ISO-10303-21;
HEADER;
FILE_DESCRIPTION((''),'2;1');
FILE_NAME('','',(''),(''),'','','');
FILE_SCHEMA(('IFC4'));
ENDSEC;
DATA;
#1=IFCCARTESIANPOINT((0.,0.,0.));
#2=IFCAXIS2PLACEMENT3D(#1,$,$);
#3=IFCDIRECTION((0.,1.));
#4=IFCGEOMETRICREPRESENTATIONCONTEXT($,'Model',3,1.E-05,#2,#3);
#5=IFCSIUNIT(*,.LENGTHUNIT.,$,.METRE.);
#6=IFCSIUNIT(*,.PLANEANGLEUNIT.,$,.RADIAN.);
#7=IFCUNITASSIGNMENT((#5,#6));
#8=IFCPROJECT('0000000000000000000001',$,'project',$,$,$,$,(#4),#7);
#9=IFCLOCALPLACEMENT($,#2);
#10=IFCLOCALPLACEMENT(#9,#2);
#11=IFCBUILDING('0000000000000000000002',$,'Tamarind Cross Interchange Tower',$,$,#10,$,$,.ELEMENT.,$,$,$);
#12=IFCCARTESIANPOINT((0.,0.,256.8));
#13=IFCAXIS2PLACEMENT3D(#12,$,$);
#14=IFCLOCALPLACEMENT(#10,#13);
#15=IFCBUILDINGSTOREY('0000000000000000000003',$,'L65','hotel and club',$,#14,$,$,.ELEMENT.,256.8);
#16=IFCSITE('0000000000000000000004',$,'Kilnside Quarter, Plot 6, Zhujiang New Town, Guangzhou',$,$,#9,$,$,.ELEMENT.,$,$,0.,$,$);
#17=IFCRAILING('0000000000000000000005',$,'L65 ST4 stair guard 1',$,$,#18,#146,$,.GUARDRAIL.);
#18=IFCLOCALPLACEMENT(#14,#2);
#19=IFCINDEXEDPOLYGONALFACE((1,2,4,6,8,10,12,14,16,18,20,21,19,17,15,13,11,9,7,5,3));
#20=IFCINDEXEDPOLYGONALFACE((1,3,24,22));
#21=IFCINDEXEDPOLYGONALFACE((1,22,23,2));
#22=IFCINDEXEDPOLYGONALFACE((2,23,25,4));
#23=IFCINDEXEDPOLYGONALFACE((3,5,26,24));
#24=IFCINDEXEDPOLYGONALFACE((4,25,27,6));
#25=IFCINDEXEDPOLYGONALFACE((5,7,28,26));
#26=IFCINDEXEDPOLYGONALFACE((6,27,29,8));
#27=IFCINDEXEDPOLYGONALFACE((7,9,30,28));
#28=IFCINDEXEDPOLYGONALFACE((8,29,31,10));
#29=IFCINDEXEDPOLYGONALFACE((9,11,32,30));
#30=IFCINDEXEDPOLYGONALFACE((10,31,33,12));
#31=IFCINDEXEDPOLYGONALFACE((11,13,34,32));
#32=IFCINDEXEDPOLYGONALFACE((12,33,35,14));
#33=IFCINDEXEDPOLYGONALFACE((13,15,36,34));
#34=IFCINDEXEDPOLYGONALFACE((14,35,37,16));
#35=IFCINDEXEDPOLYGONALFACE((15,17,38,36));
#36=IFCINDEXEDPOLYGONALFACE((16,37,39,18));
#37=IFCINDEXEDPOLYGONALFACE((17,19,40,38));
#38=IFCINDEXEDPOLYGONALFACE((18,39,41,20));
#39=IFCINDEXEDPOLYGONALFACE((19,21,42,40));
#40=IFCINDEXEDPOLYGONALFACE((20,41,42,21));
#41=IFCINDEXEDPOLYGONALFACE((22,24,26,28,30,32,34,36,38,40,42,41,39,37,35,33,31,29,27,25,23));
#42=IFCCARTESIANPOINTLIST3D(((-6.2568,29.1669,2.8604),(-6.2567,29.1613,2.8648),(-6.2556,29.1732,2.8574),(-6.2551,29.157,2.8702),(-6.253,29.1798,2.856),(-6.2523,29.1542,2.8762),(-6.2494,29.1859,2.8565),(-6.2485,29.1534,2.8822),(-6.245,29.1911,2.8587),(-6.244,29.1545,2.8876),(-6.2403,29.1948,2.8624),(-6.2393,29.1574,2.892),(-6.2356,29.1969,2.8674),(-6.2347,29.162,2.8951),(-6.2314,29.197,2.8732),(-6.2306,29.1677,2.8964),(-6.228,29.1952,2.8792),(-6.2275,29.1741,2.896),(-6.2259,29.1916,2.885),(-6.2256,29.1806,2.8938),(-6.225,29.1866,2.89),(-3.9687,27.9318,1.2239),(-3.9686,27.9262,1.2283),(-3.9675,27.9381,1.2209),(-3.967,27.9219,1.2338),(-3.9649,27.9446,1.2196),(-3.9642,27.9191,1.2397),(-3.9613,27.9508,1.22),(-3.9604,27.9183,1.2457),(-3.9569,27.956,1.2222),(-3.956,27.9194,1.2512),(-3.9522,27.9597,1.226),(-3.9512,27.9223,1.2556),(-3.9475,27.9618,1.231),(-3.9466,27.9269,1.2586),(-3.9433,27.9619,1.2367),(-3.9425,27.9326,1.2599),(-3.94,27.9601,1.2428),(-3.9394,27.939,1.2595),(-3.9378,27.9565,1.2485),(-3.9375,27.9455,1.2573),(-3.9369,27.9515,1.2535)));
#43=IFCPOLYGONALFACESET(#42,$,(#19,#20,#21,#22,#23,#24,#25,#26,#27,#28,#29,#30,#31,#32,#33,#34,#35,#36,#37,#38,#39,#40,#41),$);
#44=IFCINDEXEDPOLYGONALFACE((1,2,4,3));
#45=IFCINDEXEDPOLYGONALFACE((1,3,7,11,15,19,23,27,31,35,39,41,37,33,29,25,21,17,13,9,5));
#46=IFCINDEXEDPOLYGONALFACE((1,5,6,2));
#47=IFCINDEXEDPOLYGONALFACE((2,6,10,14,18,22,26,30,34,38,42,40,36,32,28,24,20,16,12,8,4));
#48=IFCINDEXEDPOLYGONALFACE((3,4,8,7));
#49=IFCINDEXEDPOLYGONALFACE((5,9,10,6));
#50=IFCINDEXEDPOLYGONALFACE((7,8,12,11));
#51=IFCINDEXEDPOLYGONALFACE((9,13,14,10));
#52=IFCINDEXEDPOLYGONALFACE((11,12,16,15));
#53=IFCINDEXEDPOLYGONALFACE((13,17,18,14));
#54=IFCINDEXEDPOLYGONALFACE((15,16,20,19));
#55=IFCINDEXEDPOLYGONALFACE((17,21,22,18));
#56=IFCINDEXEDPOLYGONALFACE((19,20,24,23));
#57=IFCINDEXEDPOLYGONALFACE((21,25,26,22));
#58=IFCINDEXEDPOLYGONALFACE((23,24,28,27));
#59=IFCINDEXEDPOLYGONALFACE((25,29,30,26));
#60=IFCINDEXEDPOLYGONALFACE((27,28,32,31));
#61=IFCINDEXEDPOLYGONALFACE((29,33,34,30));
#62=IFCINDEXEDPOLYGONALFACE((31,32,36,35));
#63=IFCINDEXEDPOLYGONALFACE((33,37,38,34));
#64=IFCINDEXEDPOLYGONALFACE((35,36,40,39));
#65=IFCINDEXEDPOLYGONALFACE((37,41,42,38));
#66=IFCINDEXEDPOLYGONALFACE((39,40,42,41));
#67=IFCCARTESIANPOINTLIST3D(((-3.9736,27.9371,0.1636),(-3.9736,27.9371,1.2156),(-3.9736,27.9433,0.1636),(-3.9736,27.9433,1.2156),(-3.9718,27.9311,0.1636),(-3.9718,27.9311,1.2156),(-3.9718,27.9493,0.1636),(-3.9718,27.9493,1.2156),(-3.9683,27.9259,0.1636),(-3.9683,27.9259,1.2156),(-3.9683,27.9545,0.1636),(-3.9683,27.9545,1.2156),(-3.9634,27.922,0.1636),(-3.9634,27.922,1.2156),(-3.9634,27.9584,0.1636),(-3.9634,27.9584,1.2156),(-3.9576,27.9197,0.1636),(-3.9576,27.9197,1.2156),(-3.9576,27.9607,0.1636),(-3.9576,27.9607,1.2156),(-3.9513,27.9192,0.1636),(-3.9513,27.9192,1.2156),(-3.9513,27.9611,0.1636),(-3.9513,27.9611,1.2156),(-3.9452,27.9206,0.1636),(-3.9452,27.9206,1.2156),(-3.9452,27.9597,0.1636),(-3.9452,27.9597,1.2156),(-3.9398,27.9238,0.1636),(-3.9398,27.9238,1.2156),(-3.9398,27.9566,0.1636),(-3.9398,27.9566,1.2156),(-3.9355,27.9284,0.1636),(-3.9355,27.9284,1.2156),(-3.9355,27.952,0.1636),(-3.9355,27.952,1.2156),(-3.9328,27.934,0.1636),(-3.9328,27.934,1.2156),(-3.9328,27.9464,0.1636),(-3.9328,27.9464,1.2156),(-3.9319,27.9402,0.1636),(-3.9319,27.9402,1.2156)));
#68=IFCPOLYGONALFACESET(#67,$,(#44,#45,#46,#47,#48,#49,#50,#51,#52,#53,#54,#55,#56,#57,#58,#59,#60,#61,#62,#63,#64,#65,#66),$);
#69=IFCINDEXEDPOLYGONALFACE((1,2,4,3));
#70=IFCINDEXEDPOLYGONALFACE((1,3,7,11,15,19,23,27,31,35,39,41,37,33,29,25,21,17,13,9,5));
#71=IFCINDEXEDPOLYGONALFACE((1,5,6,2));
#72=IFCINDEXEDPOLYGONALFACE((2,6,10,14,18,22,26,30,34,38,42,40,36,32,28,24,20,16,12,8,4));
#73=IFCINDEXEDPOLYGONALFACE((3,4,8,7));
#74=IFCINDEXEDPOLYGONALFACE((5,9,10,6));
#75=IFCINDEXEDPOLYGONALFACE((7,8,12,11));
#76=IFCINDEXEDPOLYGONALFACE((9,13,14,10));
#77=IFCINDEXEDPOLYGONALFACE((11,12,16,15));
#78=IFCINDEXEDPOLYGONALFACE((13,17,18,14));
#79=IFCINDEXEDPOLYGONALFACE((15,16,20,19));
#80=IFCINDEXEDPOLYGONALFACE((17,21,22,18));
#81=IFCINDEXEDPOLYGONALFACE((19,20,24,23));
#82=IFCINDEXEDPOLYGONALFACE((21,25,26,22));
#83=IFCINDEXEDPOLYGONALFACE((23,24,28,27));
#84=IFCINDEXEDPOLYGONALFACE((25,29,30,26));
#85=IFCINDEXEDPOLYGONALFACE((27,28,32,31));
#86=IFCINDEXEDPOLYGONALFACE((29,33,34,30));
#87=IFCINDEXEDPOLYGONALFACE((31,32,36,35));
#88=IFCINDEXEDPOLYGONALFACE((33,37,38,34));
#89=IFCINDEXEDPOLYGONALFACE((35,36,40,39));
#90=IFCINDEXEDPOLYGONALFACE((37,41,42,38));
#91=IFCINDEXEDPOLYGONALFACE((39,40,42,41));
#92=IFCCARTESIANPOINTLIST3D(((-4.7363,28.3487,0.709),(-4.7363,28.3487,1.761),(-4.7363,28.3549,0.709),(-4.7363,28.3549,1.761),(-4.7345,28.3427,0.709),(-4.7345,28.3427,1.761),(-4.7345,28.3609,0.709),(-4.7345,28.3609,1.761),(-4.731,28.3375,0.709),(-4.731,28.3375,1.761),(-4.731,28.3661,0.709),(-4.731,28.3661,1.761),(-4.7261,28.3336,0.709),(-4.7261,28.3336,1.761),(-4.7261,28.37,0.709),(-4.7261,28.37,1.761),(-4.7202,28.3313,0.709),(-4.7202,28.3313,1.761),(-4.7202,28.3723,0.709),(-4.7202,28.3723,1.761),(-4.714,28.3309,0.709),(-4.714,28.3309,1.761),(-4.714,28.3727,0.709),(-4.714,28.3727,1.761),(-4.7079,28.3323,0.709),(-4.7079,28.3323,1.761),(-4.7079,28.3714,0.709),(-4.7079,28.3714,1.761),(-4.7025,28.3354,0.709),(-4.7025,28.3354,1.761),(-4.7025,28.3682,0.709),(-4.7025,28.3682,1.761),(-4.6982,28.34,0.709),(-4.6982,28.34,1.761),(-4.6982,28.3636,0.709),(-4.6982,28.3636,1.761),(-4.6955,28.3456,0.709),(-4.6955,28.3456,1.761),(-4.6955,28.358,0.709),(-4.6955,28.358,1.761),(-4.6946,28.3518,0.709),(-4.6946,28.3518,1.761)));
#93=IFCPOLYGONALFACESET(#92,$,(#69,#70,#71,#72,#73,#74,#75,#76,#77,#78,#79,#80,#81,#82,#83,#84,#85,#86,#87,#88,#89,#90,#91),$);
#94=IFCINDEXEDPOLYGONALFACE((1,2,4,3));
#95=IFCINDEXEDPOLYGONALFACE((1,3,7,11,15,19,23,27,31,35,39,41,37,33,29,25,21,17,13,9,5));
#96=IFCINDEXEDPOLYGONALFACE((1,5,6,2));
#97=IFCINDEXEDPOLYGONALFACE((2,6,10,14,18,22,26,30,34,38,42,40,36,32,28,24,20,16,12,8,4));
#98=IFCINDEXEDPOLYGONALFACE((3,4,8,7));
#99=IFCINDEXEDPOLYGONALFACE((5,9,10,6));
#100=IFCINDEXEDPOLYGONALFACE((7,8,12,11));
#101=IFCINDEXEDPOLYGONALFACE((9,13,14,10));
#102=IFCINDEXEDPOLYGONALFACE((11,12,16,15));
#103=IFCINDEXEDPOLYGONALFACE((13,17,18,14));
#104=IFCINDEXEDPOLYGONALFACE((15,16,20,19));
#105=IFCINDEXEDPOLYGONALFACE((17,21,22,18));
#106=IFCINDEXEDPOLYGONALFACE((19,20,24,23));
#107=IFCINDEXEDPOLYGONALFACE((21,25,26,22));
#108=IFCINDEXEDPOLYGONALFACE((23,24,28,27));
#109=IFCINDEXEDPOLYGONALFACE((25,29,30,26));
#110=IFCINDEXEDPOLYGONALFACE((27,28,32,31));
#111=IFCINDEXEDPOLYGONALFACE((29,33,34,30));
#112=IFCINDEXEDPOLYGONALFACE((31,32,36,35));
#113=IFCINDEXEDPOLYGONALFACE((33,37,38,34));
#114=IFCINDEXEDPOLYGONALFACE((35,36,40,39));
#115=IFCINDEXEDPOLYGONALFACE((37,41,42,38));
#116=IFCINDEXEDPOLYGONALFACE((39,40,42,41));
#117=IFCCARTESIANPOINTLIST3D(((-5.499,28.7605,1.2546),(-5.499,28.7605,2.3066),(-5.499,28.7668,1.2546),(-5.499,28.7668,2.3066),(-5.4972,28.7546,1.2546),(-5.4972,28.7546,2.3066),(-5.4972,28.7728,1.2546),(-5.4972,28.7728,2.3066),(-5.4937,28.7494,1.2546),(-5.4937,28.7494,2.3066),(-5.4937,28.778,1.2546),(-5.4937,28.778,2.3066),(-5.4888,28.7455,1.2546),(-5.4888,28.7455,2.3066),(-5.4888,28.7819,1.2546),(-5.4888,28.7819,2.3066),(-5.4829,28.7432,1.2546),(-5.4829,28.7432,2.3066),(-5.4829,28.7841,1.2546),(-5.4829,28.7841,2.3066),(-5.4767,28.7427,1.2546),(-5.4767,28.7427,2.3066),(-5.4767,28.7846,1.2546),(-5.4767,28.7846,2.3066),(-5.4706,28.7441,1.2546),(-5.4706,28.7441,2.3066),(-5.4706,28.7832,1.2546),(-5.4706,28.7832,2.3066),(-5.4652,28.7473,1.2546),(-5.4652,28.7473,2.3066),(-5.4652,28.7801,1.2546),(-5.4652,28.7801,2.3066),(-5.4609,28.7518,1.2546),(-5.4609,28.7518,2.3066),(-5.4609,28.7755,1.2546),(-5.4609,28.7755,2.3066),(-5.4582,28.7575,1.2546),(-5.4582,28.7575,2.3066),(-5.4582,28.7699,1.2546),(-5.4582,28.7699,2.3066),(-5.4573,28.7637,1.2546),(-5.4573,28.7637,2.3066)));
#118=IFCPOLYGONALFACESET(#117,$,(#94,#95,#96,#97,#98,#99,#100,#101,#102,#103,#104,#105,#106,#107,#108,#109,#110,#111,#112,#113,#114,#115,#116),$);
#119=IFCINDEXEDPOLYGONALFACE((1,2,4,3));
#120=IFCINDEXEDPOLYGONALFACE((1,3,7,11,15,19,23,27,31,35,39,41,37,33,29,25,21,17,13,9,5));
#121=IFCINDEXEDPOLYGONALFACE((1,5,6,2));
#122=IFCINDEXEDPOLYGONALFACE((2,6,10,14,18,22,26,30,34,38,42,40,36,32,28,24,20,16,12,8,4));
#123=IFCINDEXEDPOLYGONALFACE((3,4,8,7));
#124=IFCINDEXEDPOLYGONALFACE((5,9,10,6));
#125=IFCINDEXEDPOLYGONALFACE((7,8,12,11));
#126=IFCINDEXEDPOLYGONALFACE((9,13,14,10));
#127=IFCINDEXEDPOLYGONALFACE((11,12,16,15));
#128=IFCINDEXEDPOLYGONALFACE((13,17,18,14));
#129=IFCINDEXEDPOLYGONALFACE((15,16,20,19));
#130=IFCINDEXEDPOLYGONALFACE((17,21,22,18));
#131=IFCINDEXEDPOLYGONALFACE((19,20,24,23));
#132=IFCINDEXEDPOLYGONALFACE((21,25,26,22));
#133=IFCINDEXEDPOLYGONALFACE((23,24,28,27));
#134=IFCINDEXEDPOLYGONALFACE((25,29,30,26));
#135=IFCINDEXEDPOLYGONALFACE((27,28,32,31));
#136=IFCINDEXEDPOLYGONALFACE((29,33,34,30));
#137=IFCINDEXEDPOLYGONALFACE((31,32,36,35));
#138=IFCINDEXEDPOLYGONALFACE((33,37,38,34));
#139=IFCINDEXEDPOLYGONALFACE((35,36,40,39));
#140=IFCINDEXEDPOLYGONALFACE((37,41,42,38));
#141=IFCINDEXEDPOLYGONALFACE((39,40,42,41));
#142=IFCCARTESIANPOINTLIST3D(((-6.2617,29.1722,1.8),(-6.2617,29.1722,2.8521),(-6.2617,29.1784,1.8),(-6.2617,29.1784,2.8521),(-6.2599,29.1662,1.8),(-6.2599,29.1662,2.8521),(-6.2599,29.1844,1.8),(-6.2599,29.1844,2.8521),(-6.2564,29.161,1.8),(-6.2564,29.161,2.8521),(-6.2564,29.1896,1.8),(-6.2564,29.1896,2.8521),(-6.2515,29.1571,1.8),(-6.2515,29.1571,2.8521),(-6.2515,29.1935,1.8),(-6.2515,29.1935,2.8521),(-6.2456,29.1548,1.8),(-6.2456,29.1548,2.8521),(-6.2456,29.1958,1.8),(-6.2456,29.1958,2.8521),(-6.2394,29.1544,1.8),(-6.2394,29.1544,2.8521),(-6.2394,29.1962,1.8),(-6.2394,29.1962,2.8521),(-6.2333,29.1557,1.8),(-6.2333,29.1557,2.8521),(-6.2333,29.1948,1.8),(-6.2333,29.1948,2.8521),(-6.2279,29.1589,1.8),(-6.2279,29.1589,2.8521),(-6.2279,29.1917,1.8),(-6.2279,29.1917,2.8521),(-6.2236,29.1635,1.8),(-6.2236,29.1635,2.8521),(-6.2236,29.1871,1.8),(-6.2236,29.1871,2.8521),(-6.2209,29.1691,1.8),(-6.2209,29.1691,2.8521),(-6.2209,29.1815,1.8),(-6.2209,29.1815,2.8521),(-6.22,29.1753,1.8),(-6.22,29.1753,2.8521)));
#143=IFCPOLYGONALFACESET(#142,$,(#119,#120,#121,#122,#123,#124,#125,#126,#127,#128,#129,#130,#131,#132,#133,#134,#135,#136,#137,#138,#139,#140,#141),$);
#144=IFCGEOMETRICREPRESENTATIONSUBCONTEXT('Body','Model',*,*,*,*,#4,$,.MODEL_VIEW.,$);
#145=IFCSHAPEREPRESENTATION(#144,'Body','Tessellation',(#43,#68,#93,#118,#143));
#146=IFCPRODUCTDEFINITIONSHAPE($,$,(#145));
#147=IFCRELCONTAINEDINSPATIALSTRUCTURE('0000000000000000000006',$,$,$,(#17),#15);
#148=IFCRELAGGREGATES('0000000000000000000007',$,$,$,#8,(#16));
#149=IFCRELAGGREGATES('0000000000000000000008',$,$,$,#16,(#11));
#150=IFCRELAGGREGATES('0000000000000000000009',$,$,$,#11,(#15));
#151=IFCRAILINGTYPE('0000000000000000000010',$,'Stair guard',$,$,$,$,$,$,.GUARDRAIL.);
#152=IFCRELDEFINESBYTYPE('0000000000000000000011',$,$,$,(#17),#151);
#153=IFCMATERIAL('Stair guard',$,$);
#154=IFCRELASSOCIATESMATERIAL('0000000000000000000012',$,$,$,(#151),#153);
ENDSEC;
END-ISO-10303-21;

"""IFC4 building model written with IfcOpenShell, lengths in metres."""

from ifc_helpers import new_model, si_unit, direction, frame, origin, origin_2d, place, context, subcontext, project, spatial, circle, extrude, material, type_object, element, save


model = new_model("IFC4")

# Units and contexts
model_context = context("Model", 3, precision=1e-05, world=origin(), true_north=direction((0.0, 1.0)))
body_context = subcontext(model_context, "Body", "Model", "MODEL_VIEW")
ifc_project = project(units=[si_unit("LENGTHUNIT", "METRE"), si_unit("PLANEANGLEUNIT", "RADIAN")], contexts=[model_context])

# Site, building, storey
site_placement = place(None, origin())
site = spatial("IfcSite", under=ifc_project, at=site_placement, Name="Kilnside Quarter, Plot 6, Zhujiang New Town, Guangzhou", CompositionType="ELEMENT", RefElevation=0.0)
building_placement = place(site_placement, origin())
building = spatial("IfcBuilding", under=site, at=building_placement, Name="Tamarind Cross Interchange Tower", CompositionType="ELEMENT")
storey_placement = place(building_placement, frame((0.0, 0.0, 256.8)))
storey = spatial("IfcBuildingStorey", under=building, at=storey_placement, Name="L65", Description="hotel and club", CompositionType="ELEMENT", Elevation=256.8)

# Railing
ifc_material_1 = material(Name="Stair guard")
railing_type_1 = type_object("IfcRailingType", Name="Stair guard", PredefinedType="GUARDRAIL", material=ifc_material_1)
railing_1_placement = place(storey_placement, frame((-3.9529, 27.9402, 0.1636)))
element("IfcRailing", 1, at=railing_1_placement, inside=storey, type_object=railing_type_1, Name="L65 ST4 stair guard 1", PredefinedType="GUARDRAIL", context=body_context, shape_type="SweptSolid", body=[
    extrude(circle(Radius=0.0239, at=origin_2d()), frame((0.0, 0.0, 1.0762), z_axis=(-0.744753, 0.402017, 0.532659), x_axis=(-0.475012, -0.879979, 0.0)), (0.0, 0.0, 1.0), 3.0723),
    extrude(circle(Radius=0.021, at=origin_2d()), origin(), (0.0, 0.0, 1.0), 1.052),
    extrude(circle(Radius=0.021, at=origin_2d()), frame((-0.7627, 0.4116, 0.5454)), (0.0, 0.0, 1.0), 1.052),
    extrude(circle(Radius=0.021, at=origin_2d()), frame((-1.5254, 0.8235, 1.0911)), (0.0, 0.0, 1.0), 1.052),
    extrude(circle(Radius=0.021, at=origin_2d()), frame((-2.2881, 1.2351, 1.6365)), (0.0, 0.0, 1.0), 1.052),
])

save(model, "model.ifc")
